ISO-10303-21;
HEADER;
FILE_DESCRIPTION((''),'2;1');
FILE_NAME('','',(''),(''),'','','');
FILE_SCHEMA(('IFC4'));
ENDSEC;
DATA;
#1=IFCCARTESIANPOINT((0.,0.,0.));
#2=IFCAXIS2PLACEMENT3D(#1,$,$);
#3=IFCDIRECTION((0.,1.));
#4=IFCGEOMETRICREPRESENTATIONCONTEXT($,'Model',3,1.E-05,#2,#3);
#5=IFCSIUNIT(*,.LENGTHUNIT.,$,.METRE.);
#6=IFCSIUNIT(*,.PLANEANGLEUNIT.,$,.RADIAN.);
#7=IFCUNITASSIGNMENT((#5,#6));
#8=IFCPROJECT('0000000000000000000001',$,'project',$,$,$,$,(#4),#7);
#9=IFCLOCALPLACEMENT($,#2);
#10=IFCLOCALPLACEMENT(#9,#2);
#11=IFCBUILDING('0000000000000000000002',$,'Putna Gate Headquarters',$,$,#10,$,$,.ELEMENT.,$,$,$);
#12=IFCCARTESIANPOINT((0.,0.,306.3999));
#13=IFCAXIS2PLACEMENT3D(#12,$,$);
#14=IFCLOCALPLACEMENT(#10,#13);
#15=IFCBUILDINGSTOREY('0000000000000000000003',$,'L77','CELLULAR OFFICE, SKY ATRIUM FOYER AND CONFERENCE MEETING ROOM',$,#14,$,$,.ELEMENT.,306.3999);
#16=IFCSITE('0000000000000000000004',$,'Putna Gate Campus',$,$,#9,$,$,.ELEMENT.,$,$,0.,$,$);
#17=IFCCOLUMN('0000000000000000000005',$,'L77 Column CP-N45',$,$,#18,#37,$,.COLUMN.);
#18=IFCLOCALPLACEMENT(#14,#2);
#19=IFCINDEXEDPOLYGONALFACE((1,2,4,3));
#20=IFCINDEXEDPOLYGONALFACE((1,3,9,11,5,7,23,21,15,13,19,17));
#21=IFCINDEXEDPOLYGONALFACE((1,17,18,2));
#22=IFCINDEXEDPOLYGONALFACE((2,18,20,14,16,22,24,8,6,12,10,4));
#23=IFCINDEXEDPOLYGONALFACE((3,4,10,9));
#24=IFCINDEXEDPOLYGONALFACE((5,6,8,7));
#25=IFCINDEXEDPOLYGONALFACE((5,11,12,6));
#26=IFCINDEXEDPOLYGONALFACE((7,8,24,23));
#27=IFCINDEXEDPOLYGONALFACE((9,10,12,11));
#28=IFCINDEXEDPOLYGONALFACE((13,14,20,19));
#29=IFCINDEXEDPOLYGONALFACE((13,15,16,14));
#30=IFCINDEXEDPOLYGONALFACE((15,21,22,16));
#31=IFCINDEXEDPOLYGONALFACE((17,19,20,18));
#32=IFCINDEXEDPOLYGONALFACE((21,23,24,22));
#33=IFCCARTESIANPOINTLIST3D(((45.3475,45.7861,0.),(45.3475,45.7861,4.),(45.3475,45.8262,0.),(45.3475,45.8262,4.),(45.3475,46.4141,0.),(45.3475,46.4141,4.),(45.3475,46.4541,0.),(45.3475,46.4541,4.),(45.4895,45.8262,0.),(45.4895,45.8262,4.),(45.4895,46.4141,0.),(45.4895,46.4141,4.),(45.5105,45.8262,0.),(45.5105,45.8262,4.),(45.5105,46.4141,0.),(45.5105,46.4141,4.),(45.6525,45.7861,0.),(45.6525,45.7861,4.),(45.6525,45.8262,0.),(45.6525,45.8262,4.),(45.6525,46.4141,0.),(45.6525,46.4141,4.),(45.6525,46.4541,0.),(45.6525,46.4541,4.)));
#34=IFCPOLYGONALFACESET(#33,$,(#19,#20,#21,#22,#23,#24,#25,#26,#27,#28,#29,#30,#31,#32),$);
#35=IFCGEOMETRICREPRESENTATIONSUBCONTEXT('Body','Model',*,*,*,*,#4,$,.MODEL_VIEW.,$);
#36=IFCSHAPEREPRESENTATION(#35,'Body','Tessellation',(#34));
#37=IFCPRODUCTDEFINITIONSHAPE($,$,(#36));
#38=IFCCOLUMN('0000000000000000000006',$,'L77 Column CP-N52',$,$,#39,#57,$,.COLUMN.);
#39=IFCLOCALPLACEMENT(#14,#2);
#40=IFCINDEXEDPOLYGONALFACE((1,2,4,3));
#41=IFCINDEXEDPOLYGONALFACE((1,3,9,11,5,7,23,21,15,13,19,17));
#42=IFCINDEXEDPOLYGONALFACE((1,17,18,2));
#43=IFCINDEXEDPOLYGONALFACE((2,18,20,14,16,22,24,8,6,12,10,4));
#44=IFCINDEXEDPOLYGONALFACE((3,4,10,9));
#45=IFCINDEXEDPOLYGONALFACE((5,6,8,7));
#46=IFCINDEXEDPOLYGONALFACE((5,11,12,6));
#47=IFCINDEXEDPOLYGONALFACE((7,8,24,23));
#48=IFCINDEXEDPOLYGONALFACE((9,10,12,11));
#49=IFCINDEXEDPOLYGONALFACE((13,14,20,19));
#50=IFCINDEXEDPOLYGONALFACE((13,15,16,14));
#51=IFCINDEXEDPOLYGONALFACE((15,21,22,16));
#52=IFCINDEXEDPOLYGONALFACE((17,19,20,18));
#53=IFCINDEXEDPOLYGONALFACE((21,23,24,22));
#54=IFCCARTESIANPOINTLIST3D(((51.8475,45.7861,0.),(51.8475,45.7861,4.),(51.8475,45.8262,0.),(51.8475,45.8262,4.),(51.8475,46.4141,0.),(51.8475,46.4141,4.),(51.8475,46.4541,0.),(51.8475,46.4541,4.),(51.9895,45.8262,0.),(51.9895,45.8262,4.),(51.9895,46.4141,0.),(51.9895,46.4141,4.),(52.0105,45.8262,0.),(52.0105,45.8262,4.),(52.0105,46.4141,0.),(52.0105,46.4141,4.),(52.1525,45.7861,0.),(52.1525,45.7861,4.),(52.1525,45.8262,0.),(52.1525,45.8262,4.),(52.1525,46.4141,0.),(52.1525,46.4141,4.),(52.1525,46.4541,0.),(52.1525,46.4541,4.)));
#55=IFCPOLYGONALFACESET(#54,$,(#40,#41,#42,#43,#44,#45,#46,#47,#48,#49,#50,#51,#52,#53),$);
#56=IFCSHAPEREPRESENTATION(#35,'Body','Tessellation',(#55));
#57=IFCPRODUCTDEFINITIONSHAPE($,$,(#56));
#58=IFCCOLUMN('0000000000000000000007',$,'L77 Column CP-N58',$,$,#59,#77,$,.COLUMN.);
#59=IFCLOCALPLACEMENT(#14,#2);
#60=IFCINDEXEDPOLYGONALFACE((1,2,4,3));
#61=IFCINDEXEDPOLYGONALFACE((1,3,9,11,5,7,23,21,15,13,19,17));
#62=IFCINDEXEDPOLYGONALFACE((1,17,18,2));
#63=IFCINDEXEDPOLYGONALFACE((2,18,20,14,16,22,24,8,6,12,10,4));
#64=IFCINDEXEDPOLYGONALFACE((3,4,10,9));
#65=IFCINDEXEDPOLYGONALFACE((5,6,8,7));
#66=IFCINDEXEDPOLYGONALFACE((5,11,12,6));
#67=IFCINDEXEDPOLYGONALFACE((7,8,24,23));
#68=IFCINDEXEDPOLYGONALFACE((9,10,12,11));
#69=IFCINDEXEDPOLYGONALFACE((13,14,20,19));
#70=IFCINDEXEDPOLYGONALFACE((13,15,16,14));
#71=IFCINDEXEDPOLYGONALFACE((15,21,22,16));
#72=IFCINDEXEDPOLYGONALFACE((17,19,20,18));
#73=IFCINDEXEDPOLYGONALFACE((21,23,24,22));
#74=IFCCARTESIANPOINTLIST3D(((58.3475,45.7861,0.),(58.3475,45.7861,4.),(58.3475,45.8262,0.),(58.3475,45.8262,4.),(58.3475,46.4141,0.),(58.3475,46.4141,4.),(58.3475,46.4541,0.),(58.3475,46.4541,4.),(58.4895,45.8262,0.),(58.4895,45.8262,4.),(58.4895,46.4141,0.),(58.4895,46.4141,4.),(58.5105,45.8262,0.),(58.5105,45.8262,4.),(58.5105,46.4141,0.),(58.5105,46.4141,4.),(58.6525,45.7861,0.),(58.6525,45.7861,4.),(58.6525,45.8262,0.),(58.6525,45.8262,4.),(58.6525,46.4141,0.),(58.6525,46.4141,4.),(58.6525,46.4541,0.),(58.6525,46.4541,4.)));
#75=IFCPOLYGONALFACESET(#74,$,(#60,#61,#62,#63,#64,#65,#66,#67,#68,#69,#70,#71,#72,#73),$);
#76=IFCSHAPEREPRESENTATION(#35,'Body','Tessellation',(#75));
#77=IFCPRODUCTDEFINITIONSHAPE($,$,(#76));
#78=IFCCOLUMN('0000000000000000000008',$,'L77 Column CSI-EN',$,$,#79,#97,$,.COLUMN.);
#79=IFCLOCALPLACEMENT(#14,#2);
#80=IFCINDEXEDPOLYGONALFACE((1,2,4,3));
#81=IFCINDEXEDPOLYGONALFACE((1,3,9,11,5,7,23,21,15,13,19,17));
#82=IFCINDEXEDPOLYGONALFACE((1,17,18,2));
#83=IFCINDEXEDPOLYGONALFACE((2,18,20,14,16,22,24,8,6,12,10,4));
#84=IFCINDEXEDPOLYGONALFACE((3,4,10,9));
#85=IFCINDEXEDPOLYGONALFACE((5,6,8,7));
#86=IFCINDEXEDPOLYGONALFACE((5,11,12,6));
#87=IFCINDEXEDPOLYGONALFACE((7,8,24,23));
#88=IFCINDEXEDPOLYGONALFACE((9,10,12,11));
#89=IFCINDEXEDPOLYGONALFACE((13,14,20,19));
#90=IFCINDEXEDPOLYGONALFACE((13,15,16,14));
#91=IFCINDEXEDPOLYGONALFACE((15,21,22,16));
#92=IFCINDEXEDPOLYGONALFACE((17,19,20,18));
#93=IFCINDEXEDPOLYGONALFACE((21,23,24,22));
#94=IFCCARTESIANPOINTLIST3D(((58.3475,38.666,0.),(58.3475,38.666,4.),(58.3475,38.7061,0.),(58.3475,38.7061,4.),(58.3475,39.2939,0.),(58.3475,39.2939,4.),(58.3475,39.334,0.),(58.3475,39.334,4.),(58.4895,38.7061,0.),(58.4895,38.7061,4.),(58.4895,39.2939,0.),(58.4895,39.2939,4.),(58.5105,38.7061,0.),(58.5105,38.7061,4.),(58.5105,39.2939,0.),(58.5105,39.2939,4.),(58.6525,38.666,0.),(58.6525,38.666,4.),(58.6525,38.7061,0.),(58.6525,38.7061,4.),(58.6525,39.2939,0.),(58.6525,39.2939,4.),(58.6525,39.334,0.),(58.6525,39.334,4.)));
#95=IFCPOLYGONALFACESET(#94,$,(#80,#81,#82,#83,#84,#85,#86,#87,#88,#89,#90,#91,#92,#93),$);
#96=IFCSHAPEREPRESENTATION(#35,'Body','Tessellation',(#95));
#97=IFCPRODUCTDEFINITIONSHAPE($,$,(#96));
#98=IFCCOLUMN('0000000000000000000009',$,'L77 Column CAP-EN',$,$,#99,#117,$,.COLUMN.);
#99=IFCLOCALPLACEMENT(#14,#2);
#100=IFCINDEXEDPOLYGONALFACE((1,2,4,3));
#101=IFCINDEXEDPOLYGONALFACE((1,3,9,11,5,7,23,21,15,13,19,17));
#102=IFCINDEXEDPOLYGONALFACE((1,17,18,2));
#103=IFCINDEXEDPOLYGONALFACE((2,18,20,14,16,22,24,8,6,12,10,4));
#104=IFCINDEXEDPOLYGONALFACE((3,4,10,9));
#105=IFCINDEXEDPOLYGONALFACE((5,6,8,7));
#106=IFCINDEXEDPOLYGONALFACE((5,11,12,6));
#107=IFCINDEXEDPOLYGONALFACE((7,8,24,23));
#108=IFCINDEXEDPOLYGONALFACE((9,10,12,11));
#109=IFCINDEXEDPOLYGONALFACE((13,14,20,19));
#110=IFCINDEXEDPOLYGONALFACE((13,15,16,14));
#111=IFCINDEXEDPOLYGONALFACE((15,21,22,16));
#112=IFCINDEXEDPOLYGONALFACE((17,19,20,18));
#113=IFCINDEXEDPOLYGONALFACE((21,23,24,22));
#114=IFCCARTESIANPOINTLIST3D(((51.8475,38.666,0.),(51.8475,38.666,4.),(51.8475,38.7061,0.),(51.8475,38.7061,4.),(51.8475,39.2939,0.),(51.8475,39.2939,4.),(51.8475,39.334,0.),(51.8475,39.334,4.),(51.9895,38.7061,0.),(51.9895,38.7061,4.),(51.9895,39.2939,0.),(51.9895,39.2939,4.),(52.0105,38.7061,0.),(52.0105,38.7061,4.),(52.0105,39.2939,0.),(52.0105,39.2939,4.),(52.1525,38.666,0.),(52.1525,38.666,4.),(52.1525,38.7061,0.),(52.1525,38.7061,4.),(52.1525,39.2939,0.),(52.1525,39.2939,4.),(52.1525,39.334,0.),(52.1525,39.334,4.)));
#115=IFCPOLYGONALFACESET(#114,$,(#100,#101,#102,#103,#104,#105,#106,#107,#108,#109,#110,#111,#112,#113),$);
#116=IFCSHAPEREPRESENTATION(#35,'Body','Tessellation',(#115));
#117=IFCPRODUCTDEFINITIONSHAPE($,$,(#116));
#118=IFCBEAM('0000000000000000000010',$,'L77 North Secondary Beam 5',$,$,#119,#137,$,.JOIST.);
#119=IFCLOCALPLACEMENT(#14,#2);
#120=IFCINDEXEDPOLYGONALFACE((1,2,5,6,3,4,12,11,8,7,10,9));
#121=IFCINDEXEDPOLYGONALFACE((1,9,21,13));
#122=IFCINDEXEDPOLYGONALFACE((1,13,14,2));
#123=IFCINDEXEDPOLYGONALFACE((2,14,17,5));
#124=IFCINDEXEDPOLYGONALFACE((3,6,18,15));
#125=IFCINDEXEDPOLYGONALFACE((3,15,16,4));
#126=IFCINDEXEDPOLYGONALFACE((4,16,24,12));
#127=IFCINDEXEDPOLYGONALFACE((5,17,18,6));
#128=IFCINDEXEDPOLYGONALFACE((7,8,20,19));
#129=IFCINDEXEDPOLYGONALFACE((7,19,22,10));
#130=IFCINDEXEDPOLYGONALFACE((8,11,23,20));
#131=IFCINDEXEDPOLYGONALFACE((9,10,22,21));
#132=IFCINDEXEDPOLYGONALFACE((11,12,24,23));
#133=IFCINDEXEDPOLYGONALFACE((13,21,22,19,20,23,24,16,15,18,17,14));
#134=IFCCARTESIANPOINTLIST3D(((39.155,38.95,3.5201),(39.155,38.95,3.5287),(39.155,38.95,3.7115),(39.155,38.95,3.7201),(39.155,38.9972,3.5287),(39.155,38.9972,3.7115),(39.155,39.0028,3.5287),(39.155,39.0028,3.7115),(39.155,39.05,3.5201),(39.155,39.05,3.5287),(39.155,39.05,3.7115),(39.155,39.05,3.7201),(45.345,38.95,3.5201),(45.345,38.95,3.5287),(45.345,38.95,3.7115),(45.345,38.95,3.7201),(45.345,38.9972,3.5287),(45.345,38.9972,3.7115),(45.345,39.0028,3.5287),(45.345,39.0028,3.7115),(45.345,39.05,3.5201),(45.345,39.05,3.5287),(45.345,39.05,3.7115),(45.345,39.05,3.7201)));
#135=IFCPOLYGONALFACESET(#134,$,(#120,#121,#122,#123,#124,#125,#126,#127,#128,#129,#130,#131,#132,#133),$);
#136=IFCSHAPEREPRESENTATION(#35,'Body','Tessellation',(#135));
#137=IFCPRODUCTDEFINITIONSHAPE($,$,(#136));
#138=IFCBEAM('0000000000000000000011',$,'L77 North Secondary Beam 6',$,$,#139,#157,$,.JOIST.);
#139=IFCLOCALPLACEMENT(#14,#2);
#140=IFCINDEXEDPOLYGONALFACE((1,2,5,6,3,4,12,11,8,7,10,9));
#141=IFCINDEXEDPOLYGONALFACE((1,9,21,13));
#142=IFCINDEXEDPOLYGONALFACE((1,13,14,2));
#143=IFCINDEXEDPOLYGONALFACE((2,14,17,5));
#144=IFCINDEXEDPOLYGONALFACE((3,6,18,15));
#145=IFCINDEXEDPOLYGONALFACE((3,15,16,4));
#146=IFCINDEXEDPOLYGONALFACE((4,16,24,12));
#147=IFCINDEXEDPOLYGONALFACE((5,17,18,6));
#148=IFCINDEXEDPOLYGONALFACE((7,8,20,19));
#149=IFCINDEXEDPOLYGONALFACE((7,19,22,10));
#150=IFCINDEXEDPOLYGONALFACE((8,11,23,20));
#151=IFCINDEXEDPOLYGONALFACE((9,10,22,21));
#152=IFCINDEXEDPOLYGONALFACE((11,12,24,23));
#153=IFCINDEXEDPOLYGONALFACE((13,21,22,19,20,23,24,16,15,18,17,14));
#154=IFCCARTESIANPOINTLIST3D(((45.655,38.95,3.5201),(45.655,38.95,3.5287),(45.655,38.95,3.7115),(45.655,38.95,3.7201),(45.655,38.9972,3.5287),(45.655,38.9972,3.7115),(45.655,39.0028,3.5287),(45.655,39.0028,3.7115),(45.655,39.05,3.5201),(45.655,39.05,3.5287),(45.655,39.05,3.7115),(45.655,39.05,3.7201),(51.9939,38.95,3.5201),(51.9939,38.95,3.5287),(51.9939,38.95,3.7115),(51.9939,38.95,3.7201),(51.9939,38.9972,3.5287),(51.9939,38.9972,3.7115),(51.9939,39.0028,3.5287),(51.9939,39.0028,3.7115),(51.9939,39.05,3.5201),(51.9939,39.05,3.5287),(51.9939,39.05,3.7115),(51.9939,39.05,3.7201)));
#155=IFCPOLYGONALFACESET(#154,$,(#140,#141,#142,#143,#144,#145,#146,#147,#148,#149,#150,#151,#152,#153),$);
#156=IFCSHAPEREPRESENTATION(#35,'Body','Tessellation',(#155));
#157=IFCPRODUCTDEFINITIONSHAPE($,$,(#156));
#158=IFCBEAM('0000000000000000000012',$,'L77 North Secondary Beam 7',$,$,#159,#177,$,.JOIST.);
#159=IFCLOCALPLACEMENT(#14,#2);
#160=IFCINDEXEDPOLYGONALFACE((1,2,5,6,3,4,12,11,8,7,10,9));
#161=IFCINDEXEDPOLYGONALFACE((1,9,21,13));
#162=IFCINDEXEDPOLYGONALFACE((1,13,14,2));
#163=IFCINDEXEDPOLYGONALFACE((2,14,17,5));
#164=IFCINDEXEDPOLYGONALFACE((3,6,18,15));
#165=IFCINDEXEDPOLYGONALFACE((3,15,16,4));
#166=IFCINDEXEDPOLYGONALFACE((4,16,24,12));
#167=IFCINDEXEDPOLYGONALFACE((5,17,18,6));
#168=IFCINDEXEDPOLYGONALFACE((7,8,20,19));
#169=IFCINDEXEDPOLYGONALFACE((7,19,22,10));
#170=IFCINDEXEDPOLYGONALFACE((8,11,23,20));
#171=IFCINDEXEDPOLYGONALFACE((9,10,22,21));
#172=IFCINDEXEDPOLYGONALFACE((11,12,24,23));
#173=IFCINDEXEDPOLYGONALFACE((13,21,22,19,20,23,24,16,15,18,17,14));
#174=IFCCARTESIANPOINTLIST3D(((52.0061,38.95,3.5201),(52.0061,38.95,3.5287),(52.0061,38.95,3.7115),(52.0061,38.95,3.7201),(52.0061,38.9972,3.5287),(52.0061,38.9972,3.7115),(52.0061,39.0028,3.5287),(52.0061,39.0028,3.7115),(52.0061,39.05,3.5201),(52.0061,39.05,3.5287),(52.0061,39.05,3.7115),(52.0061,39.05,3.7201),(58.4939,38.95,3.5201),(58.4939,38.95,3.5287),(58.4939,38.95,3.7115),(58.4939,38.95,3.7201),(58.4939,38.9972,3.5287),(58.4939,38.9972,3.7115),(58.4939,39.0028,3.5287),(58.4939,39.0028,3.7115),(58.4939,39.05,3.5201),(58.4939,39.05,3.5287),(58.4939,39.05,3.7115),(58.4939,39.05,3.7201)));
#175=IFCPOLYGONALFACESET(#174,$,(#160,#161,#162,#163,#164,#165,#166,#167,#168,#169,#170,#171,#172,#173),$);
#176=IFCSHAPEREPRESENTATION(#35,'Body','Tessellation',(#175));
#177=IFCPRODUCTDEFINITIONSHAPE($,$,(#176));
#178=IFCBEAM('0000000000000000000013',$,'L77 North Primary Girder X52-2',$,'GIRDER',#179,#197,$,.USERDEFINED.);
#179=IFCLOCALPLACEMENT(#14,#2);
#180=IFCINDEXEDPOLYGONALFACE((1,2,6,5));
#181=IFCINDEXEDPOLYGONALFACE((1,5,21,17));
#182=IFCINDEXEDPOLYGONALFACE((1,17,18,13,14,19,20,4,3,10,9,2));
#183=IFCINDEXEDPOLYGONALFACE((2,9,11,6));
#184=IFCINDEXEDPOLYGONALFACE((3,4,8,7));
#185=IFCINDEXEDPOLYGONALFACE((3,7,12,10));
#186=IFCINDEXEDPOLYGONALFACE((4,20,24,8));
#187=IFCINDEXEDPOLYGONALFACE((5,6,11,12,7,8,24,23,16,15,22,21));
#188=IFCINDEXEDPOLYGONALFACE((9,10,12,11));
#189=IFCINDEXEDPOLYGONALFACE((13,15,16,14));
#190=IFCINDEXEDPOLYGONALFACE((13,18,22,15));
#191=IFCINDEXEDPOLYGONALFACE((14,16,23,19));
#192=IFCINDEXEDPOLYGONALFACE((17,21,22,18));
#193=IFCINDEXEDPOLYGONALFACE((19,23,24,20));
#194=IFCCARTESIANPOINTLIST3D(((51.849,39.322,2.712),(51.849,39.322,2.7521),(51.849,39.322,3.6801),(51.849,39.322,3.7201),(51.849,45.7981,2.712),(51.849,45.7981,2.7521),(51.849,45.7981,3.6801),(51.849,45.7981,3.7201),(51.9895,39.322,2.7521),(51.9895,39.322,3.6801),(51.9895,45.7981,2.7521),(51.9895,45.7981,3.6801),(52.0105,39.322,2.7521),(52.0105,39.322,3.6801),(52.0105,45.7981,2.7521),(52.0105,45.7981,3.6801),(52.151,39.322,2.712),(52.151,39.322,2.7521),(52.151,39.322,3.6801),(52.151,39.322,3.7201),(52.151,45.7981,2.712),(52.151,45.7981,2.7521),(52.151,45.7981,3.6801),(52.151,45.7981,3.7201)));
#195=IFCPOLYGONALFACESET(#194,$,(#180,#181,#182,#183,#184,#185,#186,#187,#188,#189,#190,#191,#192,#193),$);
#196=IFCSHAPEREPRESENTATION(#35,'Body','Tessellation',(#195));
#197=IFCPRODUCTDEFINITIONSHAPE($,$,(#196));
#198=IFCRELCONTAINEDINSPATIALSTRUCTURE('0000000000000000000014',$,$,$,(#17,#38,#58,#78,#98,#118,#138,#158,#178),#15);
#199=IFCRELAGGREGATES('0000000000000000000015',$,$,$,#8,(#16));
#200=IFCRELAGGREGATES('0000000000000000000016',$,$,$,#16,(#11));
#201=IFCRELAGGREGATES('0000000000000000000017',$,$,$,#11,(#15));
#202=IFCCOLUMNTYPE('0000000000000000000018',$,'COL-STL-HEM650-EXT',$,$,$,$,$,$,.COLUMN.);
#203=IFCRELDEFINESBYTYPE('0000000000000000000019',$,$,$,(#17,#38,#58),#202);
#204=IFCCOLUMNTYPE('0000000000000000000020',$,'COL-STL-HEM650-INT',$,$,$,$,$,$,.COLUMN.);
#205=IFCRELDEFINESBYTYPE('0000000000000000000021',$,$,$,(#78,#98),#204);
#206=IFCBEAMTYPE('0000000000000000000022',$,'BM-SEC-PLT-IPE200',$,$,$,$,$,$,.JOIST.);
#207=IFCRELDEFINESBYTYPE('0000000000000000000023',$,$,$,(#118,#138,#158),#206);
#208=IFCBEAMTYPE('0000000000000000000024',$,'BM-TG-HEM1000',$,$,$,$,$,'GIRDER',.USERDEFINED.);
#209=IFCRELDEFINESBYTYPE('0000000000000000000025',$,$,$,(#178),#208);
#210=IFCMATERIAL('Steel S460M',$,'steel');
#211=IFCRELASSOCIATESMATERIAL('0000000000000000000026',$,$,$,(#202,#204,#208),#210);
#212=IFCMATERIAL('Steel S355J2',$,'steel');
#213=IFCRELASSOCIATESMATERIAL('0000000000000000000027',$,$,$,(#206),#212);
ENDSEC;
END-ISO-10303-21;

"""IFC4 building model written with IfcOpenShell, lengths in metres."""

from ifc_helpers import new_model, si_unit, direction, frame, origin, origin_2d, place, context, subcontext, project, spatial, i_section, extrude, material, material_profile, profile_set, type_object, element, save


model = new_model("IFC4")

# Units and contexts
model_context = context("Model", 3, precision=1e-05, world=origin(), true_north=direction((0.0, 1.0)))
body_context = subcontext(model_context, "Body", "Model", "MODEL_VIEW")
ifc_project = project(units=[si_unit("LENGTHUNIT", "METRE"), si_unit("PLANEANGLEUNIT", "RADIAN")], contexts=[model_context])

# Site, building, storey
site_placement = place(None, origin())
site = spatial("IfcSite", under=ifc_project, at=site_placement, Name="Putna Gate Campus", CompositionType="ELEMENT", RefElevation=0.0)
building_placement = place(site_placement, origin())
building = spatial("IfcBuilding", under=site, at=building_placement, Name="Putna Gate Headquarters", CompositionType="ELEMENT")
storey_placement = place(building_placement, frame((0.0, 0.0, 306.3999)))
storey = spatial("IfcBuildingStorey", under=building, at=storey_placement, Name="L77", Description="CELLULAR OFFICE, SKY ATRIUM FOYER AND CONFERENCE MEETING ROOM", CompositionType="ELEMENT", Elevation=306.3999)

# Columns
ifc_material_1 = material(Name="Steel S460M", Category="steel")
ifc_material_profile_1 = material_profile(ifc_material_1, i_section(OverallWidth=0.3049, OverallDepth=0.668, WebThickness=0.021, FlangeThickness=0.04, at=origin_2d()), Name="Steel S460M")
ifc_profile_set_1 = profile_set([ifc_material_profile_1], Name="Steel S460M")
column_type_1 = type_object("IfcColumnType", Name="COL-STL-HEM650-EXT", PredefinedType="COLUMN", material=ifc_profile_set_1)
for number, where, z_axis, x_axis, name in (
    (1, (45.5, 46.1201, 0.0), (0.0, 0.0, 1.0), (1.0, 0.0, 0.0), "L77 Column CP-N45"),
    (2, (52.0, 46.1201, 0.0), (0.0, 0.0, 1.0), (1.0, 0.0, 0.0), "L77 Column CP-N52"),
    (3, (58.5, 46.1201, 0.0), (0.0, 0.0, 1.0), (1.0, 0.0, 0.0), "L77 Column CP-N58"),
):
    element("IfcColumn", number, at=place(storey_placement, frame(where, z_axis=z_axis, x_axis=x_axis)), inside=storey, type_object=column_type_1, Name=name, PredefinedType="COLUMN", context=body_context, shape_type="SweptSolid", body=[
        extrude(i_section(OverallWidth=0.3049, OverallDepth=0.668, WebThickness=0.021, FlangeThickness=0.04, at=origin_2d()), origin(), (0.0, 0.0, 1.0), 4.0),
    ])
ifc_material_profile_2 = material_profile(ifc_material_1, i_section(OverallWidth=0.3049, OverallDepth=0.668, WebThickness=0.021, FlangeThickness=0.04, at=origin_2d()), Name="Steel S460M")
ifc_profile_set_2 = profile_set([ifc_material_profile_2], Name="Steel S460M")
column_type_2 = type_object("IfcColumnType", Name="COL-STL-HEM650-INT", PredefinedType="COLUMN", material=ifc_profile_set_2)
for number, where, z_axis, x_axis, name in (
    (4, (58.5, 39.0, 0.0), (0.0, 0.0, 1.0), (1.0, 0.0, 0.0), "L77 Column CSI-EN"),
    (5, (52.0, 39.0, 0.0), (0.0, 0.0, 1.0), (1.0, 0.0, 0.0), "L77 Column CAP-EN"),
):
    element("IfcColumn", number, at=place(storey_placement, frame(where, z_axis=z_axis, x_axis=x_axis)), inside=storey, type_object=column_type_2, Name=name, PredefinedType="COLUMN", context=body_context, shape_type="SweptSolid", body=[
        extrude(i_section(OverallWidth=0.3049, OverallDepth=0.668, WebThickness=0.021, FlangeThickness=0.04, at=origin_2d()), origin(), (0.0, 0.0, 1.0), 4.0),
    ])

# Beams
ifc_material_2 = material(Name="Steel S355J2", Category="steel")
ifc_material_profile_3 = material_profile(ifc_material_2, i_section(OverallWidth=0.1001, OverallDepth=0.2, WebThickness=0.0056, FlangeThickness=0.0085, at=origin_2d()), Name="Steel S355J2")
ifc_profile_set_3 = profile_set([ifc_material_profile_3], Name="Steel S355J2")
beam_type_1 = type_object("IfcBeamType", Name="BM-SEC-PLT-IPE200", PredefinedType="JOIST", material=ifc_profile_set_3)
beam_1_placement = place(storey_placement, frame((39.155, 39.0, 3.6201), z_axis=(1.0, 0.0, 0.0), x_axis=(0.0, 1.0, 0.0)))
element("IfcBeam", 6, at=beam_1_placement, inside=storey, type_object=beam_type_1, Name="L77 North Secondary Beam 5", PredefinedType="JOIST", context=body_context, shape_type="SweptSolid", body=[
    extrude(i_section(OverallWidth=0.1001, OverallDepth=0.2, WebThickness=0.0056, FlangeThickness=0.0085, at=origin_2d()), origin(), (0.0, 0.0, 1.0), 6.1899),
])
beam_2_placement = place(storey_placement, frame((45.655, 39.0, 3.6201), z_axis=(1.0, 0.0, 0.0), x_axis=(0.0, 1.0, 0.0)))
element("IfcBeam", 7, at=beam_2_placement, inside=storey, type_object=beam_type_1, Name="L77 North Secondary Beam 6", PredefinedType="JOIST", context=body_context, shape_type="SweptSolid", body=[
    extrude(i_section(OverallWidth=0.1001, OverallDepth=0.2, WebThickness=0.0056, FlangeThickness=0.0085, at=origin_2d()), origin(), (0.0, 0.0, 1.0), 6.3389),
])
beam_3_placement = place(storey_placement, frame((52.0061, 39.0, 3.6201), z_axis=(1.0, 0.0, 0.0), x_axis=(0.0, 1.0, 0.0)))
element("IfcBeam", 8, at=beam_3_placement, inside=storey, type_object=beam_type_1, Name="L77 North Secondary Beam 7", PredefinedType="JOIST", context=body_context, shape_type="SweptSolid", body=[
    extrude(i_section(OverallWidth=0.1001, OverallDepth=0.2, WebThickness=0.0056, FlangeThickness=0.0085, at=origin_2d()), origin(), (0.0, 0.0, 1.0), 6.4878),
])
ifc_material_profile_4 = material_profile(ifc_material_1, i_section(OverallWidth=0.302, OverallDepth=1.0081, WebThickness=0.021, FlangeThickness=0.04, at=origin_2d()), Name="Steel S460M")
ifc_profile_set_4 = profile_set([ifc_material_profile_4], Name="Steel S460M")
beam_type_2 = type_object("IfcBeamType", Name="BM-TG-HEM1000", ElementType="GIRDER", PredefinedType="USERDEFINED", material=ifc_profile_set_4)
for number, where, z_axis, x_axis, name in (
    (9, (52.0, 39.322, 3.2161), (0.0, 1.0, 0.0), (-1.0, 0.0, 0.0), "L77 North Primary Girder X52-2"),
):
    element("IfcBeam", number, at=place(storey_placement, frame(where, z_axis=z_axis, x_axis=x_axis)), inside=storey, type_object=beam_type_2, Name=name, ObjectType="GIRDER", PredefinedType="USERDEFINED", context=body_context, shape_type="SweptSolid", body=[
        extrude(i_section(OverallWidth=0.302, OverallDepth=1.0081, WebThickness=0.021, FlangeThickness=0.04, at=origin_2d()), origin(), (0.0, 0.0, 1.0), 6.4761),
    ])

save(model, "model.ifc")
